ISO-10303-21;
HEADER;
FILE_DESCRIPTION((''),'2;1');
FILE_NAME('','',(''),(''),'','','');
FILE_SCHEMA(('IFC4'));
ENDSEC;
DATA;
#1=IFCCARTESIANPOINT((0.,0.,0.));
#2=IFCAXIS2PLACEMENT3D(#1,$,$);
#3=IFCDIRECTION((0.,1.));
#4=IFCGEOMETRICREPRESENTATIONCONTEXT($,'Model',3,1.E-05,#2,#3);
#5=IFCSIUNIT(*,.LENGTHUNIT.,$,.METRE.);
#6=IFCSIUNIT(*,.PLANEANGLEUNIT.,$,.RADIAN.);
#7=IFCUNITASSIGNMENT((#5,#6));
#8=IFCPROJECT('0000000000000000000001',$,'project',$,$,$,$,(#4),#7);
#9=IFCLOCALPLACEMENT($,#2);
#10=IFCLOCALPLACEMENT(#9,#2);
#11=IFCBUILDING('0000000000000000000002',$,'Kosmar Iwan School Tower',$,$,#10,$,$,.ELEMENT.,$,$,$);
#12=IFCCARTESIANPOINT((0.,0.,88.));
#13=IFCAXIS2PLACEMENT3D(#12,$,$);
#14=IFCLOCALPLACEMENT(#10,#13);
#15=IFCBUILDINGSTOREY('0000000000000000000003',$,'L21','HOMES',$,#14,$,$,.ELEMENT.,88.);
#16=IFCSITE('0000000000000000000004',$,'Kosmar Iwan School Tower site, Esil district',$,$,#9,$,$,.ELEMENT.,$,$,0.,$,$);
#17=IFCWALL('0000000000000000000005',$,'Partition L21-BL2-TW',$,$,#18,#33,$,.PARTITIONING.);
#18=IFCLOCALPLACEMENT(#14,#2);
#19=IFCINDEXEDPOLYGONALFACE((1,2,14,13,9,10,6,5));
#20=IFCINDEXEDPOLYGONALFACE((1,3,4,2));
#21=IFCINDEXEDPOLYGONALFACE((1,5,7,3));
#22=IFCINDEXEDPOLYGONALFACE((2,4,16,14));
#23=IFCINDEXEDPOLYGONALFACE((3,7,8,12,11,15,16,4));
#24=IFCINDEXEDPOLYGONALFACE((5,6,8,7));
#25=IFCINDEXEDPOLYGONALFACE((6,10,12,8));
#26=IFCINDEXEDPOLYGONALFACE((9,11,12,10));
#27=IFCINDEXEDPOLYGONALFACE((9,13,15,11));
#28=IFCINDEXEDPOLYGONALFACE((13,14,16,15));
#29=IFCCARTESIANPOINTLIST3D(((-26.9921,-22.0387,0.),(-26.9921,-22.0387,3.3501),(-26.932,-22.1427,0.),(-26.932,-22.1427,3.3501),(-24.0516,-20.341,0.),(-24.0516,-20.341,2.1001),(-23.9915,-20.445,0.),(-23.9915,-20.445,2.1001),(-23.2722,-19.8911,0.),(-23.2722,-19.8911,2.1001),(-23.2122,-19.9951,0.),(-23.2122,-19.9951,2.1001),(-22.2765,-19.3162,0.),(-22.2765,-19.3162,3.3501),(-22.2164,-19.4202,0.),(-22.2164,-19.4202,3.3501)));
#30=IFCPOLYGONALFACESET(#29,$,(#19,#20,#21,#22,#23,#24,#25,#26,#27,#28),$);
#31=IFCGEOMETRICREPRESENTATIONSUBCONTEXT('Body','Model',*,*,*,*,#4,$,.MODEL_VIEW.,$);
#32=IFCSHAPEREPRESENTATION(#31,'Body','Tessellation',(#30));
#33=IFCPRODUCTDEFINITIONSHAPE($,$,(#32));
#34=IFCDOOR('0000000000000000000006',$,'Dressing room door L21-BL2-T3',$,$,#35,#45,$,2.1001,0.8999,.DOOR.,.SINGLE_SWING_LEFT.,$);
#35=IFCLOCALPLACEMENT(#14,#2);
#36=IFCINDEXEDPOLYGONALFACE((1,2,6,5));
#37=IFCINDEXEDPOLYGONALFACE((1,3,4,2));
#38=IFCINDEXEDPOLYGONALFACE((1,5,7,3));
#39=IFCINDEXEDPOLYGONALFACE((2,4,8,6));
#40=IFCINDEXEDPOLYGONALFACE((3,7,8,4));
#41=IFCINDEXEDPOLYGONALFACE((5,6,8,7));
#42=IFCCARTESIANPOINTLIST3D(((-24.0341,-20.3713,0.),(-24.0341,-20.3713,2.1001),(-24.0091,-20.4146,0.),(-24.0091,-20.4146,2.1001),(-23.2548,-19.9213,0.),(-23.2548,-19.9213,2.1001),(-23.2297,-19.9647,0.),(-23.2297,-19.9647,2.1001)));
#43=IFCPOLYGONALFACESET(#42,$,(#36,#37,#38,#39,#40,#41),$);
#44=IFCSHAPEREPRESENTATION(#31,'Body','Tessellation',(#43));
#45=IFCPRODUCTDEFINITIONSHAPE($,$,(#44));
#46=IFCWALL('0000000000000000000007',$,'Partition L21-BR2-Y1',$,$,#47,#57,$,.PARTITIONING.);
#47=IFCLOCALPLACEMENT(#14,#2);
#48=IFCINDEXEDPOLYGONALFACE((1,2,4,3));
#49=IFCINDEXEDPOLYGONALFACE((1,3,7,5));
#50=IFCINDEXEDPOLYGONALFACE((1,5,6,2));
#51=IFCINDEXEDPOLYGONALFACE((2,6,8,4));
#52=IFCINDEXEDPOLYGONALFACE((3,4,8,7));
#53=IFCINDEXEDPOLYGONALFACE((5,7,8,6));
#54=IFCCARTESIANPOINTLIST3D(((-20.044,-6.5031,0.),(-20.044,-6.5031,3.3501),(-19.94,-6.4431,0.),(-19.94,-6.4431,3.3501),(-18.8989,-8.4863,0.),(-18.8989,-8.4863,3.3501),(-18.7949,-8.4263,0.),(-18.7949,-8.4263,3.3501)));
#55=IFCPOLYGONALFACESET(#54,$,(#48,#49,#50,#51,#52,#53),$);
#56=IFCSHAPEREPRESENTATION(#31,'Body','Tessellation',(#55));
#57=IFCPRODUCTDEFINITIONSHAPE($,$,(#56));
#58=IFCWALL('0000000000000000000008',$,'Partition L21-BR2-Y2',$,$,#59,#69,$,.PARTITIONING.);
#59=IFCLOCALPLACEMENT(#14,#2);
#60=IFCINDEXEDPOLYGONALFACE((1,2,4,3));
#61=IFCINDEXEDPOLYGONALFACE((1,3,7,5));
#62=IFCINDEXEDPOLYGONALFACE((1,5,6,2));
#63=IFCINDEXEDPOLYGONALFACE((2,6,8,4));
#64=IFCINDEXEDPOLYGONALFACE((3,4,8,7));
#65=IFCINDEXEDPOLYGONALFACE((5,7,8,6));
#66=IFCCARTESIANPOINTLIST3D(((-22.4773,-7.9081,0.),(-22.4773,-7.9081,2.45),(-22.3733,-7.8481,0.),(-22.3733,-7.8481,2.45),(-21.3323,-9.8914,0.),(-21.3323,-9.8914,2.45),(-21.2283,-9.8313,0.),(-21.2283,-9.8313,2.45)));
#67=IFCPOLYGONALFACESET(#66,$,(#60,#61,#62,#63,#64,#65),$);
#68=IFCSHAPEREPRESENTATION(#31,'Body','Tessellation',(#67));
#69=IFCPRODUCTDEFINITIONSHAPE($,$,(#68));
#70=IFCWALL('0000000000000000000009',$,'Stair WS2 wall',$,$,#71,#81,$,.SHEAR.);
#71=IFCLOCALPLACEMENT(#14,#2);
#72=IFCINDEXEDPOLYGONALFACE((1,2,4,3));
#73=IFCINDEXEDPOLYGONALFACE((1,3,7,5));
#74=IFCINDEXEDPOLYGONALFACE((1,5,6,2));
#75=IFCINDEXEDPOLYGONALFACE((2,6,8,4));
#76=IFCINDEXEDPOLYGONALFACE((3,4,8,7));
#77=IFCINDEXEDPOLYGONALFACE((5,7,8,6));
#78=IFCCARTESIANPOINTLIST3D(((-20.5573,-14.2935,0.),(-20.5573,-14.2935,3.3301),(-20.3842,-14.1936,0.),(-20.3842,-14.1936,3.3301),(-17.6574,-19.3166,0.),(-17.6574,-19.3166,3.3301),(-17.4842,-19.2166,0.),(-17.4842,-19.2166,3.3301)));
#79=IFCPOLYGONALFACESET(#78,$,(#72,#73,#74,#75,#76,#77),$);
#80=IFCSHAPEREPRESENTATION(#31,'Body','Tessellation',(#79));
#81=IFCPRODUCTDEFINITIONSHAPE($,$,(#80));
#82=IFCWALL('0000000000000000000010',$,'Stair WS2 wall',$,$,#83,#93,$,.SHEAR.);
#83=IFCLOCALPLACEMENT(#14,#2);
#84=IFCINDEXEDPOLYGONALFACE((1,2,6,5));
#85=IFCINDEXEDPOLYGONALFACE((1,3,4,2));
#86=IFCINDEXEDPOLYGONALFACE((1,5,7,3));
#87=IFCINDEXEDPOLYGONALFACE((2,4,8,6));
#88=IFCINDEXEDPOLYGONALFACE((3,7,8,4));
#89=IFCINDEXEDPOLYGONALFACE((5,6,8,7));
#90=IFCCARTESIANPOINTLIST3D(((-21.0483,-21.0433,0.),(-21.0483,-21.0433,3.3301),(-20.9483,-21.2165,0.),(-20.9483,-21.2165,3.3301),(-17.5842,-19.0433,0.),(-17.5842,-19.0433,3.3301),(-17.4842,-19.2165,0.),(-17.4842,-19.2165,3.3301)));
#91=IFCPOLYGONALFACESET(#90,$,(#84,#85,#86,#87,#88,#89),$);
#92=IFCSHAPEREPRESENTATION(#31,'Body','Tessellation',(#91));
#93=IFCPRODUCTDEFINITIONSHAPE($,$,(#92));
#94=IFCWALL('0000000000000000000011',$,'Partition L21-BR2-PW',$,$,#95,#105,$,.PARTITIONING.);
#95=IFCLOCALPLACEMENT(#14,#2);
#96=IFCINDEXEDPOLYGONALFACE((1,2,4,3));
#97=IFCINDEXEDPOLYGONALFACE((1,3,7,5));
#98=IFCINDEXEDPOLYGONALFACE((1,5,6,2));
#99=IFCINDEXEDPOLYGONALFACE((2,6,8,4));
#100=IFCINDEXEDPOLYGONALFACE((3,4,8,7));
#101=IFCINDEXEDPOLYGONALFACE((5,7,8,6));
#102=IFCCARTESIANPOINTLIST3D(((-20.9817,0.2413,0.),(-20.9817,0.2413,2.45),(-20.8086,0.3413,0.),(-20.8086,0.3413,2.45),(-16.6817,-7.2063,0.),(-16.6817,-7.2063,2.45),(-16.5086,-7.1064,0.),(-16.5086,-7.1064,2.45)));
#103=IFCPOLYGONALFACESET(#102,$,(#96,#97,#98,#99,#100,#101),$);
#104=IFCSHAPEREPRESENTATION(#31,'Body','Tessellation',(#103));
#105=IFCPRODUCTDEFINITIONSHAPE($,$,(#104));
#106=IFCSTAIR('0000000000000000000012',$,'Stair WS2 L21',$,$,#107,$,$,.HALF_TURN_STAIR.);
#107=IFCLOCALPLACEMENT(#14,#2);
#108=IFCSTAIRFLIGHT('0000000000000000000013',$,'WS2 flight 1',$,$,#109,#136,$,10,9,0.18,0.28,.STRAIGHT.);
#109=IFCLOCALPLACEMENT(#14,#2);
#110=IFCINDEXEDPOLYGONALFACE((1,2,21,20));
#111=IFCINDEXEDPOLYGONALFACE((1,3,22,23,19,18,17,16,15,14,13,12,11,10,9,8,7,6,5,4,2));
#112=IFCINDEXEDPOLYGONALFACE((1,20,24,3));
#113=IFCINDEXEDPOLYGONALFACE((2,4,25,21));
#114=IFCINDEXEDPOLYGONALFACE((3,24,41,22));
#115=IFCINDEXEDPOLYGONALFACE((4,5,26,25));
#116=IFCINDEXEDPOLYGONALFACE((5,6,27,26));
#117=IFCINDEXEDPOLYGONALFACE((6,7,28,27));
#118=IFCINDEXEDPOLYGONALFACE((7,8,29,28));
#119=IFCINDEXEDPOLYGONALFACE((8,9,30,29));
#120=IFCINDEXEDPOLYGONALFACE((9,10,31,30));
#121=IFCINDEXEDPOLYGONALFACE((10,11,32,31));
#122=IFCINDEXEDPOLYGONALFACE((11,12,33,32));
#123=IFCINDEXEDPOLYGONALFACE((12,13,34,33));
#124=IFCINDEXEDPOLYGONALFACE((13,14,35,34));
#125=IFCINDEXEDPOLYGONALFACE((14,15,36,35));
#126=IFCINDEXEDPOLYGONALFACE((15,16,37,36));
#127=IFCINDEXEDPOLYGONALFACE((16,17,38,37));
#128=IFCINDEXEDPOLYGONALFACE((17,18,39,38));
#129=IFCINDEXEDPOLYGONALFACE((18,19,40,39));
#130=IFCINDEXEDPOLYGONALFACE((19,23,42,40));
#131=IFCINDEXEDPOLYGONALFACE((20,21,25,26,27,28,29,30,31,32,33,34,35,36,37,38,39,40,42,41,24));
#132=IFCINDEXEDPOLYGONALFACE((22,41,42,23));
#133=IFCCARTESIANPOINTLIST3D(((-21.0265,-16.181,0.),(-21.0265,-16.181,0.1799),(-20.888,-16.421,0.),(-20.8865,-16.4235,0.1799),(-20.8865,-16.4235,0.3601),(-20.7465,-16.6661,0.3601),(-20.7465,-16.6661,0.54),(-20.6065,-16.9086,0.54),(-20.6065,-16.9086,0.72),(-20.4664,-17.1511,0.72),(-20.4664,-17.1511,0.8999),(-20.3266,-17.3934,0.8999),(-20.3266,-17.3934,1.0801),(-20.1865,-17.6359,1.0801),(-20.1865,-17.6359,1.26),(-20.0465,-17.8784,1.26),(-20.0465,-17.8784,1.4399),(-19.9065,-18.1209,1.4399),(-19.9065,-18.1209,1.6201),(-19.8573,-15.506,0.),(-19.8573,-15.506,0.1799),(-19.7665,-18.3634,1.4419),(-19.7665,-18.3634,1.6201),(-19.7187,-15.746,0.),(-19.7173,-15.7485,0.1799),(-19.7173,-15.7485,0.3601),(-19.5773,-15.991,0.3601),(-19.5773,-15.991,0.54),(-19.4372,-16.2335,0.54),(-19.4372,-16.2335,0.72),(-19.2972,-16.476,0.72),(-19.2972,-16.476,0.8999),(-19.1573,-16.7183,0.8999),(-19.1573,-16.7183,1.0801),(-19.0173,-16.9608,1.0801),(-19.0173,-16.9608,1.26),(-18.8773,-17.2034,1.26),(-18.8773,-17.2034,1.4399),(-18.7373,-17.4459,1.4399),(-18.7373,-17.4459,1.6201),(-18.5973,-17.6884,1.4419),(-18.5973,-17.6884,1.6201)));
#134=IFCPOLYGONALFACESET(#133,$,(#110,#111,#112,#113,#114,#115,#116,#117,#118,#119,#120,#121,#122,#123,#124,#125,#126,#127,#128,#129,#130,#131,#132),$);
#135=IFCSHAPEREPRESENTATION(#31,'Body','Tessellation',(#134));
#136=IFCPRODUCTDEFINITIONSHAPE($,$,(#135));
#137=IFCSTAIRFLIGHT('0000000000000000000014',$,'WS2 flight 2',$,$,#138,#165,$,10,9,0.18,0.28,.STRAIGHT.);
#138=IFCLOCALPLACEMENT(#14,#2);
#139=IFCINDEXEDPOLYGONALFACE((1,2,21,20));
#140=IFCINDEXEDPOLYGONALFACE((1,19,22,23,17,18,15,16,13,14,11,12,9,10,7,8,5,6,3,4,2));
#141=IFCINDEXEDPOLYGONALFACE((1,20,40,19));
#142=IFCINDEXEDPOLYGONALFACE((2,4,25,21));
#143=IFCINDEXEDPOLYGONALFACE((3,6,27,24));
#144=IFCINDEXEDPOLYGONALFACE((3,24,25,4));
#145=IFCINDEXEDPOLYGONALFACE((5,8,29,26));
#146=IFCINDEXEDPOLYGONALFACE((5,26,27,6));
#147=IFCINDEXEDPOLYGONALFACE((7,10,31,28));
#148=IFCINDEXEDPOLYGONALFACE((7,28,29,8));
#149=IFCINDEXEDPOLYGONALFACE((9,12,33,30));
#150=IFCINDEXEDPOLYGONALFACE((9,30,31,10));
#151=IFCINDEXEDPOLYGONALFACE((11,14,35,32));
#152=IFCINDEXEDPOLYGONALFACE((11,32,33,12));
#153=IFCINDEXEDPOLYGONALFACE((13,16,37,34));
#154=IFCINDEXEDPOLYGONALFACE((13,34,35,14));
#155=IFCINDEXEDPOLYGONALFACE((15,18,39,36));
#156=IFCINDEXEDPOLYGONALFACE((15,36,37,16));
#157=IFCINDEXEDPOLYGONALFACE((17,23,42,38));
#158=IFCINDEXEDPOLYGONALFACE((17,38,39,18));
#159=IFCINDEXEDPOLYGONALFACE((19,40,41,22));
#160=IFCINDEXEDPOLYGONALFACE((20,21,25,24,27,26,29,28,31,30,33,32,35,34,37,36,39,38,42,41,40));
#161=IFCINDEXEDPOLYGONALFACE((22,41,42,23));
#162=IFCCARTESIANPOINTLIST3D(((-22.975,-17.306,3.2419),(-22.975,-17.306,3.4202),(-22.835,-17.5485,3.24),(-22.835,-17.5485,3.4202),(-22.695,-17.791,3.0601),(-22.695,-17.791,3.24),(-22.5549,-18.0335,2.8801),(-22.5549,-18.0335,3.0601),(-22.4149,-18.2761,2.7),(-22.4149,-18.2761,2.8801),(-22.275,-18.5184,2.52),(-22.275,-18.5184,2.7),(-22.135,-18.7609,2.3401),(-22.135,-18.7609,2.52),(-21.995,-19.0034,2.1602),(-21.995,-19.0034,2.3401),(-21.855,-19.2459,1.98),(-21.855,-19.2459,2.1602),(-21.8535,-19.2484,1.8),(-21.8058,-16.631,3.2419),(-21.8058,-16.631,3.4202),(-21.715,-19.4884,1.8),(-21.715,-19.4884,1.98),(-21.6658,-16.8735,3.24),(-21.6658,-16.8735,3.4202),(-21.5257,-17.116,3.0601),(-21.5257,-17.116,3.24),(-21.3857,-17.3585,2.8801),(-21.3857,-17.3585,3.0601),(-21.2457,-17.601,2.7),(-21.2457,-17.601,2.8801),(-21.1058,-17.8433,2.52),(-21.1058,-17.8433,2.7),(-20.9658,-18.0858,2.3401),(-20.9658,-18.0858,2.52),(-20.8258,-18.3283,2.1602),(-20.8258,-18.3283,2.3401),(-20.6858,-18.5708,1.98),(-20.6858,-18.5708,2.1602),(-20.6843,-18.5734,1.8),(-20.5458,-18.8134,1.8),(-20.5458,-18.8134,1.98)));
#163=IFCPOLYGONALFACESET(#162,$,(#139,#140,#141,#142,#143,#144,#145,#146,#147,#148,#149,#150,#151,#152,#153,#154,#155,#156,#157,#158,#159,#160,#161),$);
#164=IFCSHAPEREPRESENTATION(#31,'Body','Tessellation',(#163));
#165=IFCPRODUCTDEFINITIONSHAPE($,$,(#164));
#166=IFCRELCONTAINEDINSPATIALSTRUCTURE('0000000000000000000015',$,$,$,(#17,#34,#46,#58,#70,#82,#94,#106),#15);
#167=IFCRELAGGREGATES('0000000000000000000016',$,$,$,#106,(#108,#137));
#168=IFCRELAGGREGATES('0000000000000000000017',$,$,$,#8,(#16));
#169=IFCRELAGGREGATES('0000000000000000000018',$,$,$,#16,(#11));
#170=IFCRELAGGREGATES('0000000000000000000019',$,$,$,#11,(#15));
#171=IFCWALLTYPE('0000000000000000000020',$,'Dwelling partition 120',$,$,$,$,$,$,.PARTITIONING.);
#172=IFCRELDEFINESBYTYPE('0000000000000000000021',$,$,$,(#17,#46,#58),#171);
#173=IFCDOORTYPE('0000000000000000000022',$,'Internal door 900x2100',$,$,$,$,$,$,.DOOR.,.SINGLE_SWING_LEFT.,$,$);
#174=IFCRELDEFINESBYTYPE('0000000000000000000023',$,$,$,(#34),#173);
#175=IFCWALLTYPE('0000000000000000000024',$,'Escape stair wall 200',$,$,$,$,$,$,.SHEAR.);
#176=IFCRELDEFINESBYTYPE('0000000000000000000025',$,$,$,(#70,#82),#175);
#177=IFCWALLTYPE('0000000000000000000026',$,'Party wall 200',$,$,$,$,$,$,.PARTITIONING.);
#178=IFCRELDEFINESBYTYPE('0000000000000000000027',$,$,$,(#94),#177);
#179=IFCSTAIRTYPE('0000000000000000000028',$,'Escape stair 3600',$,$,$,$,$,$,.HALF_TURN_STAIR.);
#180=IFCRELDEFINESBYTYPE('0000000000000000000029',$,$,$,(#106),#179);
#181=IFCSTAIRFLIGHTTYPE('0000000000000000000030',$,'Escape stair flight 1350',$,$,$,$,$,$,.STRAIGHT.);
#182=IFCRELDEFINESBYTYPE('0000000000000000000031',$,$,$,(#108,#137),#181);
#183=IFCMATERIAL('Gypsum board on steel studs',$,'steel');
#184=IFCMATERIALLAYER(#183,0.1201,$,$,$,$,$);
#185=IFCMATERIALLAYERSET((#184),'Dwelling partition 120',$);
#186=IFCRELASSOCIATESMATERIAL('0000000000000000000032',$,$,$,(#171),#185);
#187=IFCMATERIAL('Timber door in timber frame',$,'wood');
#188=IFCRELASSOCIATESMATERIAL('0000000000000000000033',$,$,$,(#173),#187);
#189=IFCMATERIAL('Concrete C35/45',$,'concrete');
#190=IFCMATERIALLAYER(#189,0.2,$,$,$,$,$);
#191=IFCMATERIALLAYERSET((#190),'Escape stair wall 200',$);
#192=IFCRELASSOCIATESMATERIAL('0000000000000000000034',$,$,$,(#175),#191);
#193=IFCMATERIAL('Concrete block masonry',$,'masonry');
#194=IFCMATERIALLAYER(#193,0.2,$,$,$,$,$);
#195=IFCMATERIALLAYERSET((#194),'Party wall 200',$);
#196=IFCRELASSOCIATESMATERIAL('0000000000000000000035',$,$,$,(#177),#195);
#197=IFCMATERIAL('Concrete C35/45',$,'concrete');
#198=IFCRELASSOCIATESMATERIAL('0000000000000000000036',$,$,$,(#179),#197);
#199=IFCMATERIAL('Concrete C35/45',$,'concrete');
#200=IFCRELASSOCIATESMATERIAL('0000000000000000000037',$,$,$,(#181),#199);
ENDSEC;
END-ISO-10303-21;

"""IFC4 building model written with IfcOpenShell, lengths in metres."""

from ifc_helpers import new_model, si_unit, direction, frame, frame_2d, origin, place, context, subcontext, project, spatial, polyline, rectangle, outline, extrude, material, layer, layer_set, type_object, element, fill, aggregate, save


model = new_model("IFC4")

# Units and contexts
model_context = context("Model", 3, precision=1e-05, world=origin(), true_north=direction((0.0, 1.0)))
body_context = subcontext(model_context, "Body", "Model", "MODEL_VIEW")
ifc_project = project(units=[si_unit("LENGTHUNIT", "METRE"), si_unit("PLANEANGLEUNIT", "RADIAN")], contexts=[model_context])

# Site, building, storey
site_placement = place(None, origin())
site = spatial("IfcSite", under=ifc_project, at=site_placement, Name="Kosmar Iwan School Tower site, Esil district", CompositionType="ELEMENT", RefElevation=0.0)
building_placement = place(site_placement, origin())
building = spatial("IfcBuilding", under=site, at=building_placement, Name="Kosmar Iwan School Tower", CompositionType="ELEMENT")
storey_placement = place(building_placement, frame((0.0, 0.0, 88.0)))
storey = spatial("IfcBuildingStorey", under=building, at=storey_placement, Name="L21", Description="HOMES", CompositionType="ELEMENT", Elevation=88.0)

# Shared definitions
ifc_material_1 = material(Name="Gypsum board on steel studs", Category="steel")
ifc_layer_1 = layer(ifc_material_1, 0.1201)
ifc_layer_set_1 = layer_set([ifc_layer_1], Name="Dwelling partition 120")
wall_type_1 = type_object("IfcWallType", Name="Dwelling partition 120", PredefinedType="PARTITIONING", material=ifc_layer_set_1)

# Wall, opening, door
ifc_material_2 = material(Name="Timber door in timber frame", Category="wood")
door_type_1 = type_object("IfcDoorType", Name="Internal door 900x2100", OperationType="SINGLE_SWING_LEFT", PredefinedType="DOOR", material=ifc_material_2)
wall_1_placement = place(storey_placement, frame((-22.2463, -19.3682, 0.0), z_axis=(0.0, 0.0, 1.0), x_axis=(-0.866036, -0.499982, 0.0)))
wall_1 = element("IfcWall", 1, at=wall_1_placement, inside=storey, type_object=wall_type_1, Name="Partition L21-BL2-TW", PredefinedType="PARTITIONING", context=body_context, shape_type="SweptSolid", body=[
    extrude(rectangle(XDim=5.4451, YDim=0.1201, at=frame_2d((2.7227, 0.0))), origin(), (0.0, 0.0, 1.0), 3.3501),
])
opening_1_placement = place(wall_1_placement, frame((1.1499, 0.0, 0.0)))
opening_1 = element("IfcOpeningElement", 2, at=opening_1_placement, cuts=wall_1, PredefinedType="OPENING", context=body_context, shape_type="SweptSolid", body=[
    extrude(rectangle(XDim=0.8999, YDim=2.1001, at=frame_2d((0.45, 1.05))), frame((0.0, 0.072, 0.0), z_axis=(0.0, -1.0, 0.0), x_axis=(1.0, 0.0, 0.0)), (0.0, 0.0, 1.0), 0.144),
])
door_1_placement = place(opening_1_placement, origin())
door_1 = element("IfcDoor", 3, at=door_1_placement, inside=storey, type_object=door_type_1, Name="Dressing room door L21-BL2-T3", OperationType="SINGLE_SWING_LEFT", OverallHeight=2.1001, OverallWidth=0.8999, PredefinedType="DOOR", context=body_context, shape_type="SweptSolid", body=[
    extrude(rectangle(XDim=0.8999, YDim=2.1001, at=frame_2d((0.45, 1.05))), frame((0.0, 0.0249, 0.0), z_axis=(0.0, -1.0, 0.0), x_axis=(1.0, 0.0, 0.0)), (0.0, 0.0, 1.0), 0.05),
])
fill(opening_1, door_1)

# Walls
wall_2_placement = place(storey_placement, frame((-18.8469, -8.4563, 0.0), z_axis=(0.0, 0.0, 1.0), x_axis=(-0.500015, 0.866017, 0.0)))
element("IfcWall", 4, at=wall_2_placement, inside=storey, type_object=wall_type_1, Name="Partition L21-BR2-Y1", PredefinedType="PARTITIONING", context=body_context, shape_type="SweptSolid", body=[
    extrude(rectangle(XDim=2.29, YDim=0.1201, at=frame_2d((1.145, 0.0))), origin(), (0.0, 0.0, 1.0), 3.3501),
])
wall_3_placement = place(storey_placement, frame((-21.2803, -9.8613, 0.0), z_axis=(0.0, 0.0, 1.0), x_axis=(-0.500015, 0.866017, 0.0)))
element("IfcWall", 5, at=wall_3_placement, inside=storey, type_object=wall_type_1, Name="Partition L21-BR2-Y2", PredefinedType="PARTITIONING", context=body_context, shape_type="SweptSolid", body=[
    extrude(rectangle(XDim=2.29, YDim=0.1201, at=frame_2d((1.145, 0.0))), origin(), (0.0, 0.0, 1.0), 2.45),
])
ifc_material_3 = material(Name="Concrete C35/45", Category="concrete")
ifc_layer_2 = layer(ifc_material_3, 0.2)
ifc_layer_set_2 = layer_set([ifc_layer_2], Name="Escape stair wall 200")
wall_type_2 = type_object("IfcWallType", Name="Escape stair wall 200", PredefinedType="SHEAR", material=ifc_layer_set_2)
wall_4_placement = place(storey_placement, frame((-20.4707, -14.2437, 0.0), z_axis=(0.0, 0.0, 1.0), x_axis=(0.499987, -0.866033, 0.0)))
element("IfcWall", 6, at=wall_4_placement, inside=storey, type_object=wall_type_2, Name="Stair WS2 wall", PredefinedType="SHEAR", context=body_context, shape_type="SweptSolid", body=[
    extrude(rectangle(XDim=5.8, YDim=0.2, at=frame_2d((2.8999, 0.0))), origin(), (0.0, 0.0, 1.0), 3.3301),
])
wall_5_placement = place(storey_placement, frame((-17.5342, -19.1299, 0.0), z_axis=(0.0, 0.0, 1.0), x_axis=(-0.866026, -0.499999, 0.0)))
element("IfcWall", 7, at=wall_5_placement, inside=storey, type_object=wall_type_2, Name="Stair WS2 wall", PredefinedType="SHEAR", context=body_context, shape_type="SweptSolid", body=[
    extrude(rectangle(XDim=4.0, YDim=0.2, at=frame_2d((2.0, 0.0))), origin(), (0.0, 0.0, 1.0), 3.3301),
])
ifc_material_4 = material(Name="Concrete block masonry", Category="masonry")
ifc_layer_3 = layer(ifc_material_4, 0.2)
ifc_layer_set_3 = layer_set([ifc_layer_3], Name="Party wall 200")
wall_type_3 = type_object("IfcWallType", Name="Party wall 200", PredefinedType="PARTITIONING", material=ifc_layer_set_3)
wall_6_placement = place(storey_placement, frame((-16.5952, -7.1562, 0.0), z_axis=(0.0, 0.0, 1.0), x_axis=(-0.500008, 0.866021, 0.0)))
element("IfcWall", 8, at=wall_6_placement, inside=storey, type_object=wall_type_3, Name="Partition L21-BR2-PW", PredefinedType="PARTITIONING", context=body_context, shape_type="SweptSolid", body=[
    extrude(rectangle(XDim=8.5999, YDim=0.2, at=frame_2d((4.2998, 0.0))), origin(), (0.0, 0.0, 1.0), 2.45),
])

# Stair, stair flights
ifc_material_5 = material(Name="Concrete C35/45", Category="concrete")
stair_type = type_object("IfcStairType", Name="Escape stair 3600", PredefinedType="HALF_TURN_STAIR", material=ifc_material_5)
stair_placement = place(storey_placement, origin())
stair = element("IfcStair", 9, at=stair_placement, inside=storey, type_object=stair_type, Name="Stair WS2 L21", PredefinedType="HALF_TURN_STAIR")
ifc_material_6 = material(Name="Concrete C35/45", Category="concrete")
stair_flight_type = type_object("IfcStairFlightType", Name="Escape stair flight 1350", PredefinedType="STRAIGHT", material=ifc_material_6)
stair_flight_1_placement = place(storey_placement, frame((-20.4419, -15.8435, 0.0), z_axis=(0.0, 0.0, 1.0), x_axis=(0.5, -0.866025, 0.0)))
stair_flight_1 = element("IfcStairFlight", 10, at=stair_flight_1_placement, type_object=stair_flight_type, Name="WS2 flight 1", NumberOfRisers=10, NumberOfTreads=9, PredefinedType="STRAIGHT", RiserHeight=0.18, TreadLength=0.28, context=body_context, shape_type="SweptSolid", body=[
    extrude(outline(polyline([(0.0, 0.0), (0.0, 0.1799), (0.28, 0.1799), (0.28, 0.3601), (0.5601, 0.3601), (0.5601, 0.54), (0.8401, 0.54), (0.8401, 0.72), (1.1201, 0.72), (1.1201, 0.8999), (1.3999, 0.8999), (1.3999, 1.0801), (1.6799, 1.0801), (1.6799, 1.26), (1.96, 1.26), (1.96, 1.4399), (2.24, 1.4399), (2.24, 1.6201), (2.52, 1.6201), (2.52, 1.8), (2.52, 1.4419), (0.2771, 0.0), (0.0, 0.0)])), frame((0.0, 0.675, 0.0), z_axis=(0.0, -1.0, 0.0), x_axis=(1.0, 0.0, 0.0)), (0.0, 0.0, 1.0), 1.3501),
])
stair_flight_2_placement = place(storey_placement, frame((-21.1304, -19.1509, 1.8), z_axis=(0.0, 0.0, 1.0), x_axis=(-0.5, 0.866025, 0.0)))
stair_flight_2 = element("IfcStairFlight", 11, at=stair_flight_2_placement, type_object=stair_flight_type, Name="WS2 flight 2", NumberOfRisers=10, NumberOfTreads=9, PredefinedType="STRAIGHT", RiserHeight=0.18, TreadLength=0.28, context=body_context, shape_type="SweptSolid", body=[
    extrude(outline(polyline([(0.0, 0.0), (0.0, 0.1799), (0.28, 0.1799), (0.28, 0.3601), (0.5601, 0.3601), (0.5601, 0.54), (0.8401, 0.54), (0.8401, 0.72), (1.1201, 0.72), (1.1201, 0.8999), (1.3999, 0.8999), (1.3999, 1.0801), (1.6799, 1.0801), (1.6799, 1.26), (1.96, 1.26), (1.96, 1.4399), (2.24, 1.4399), (2.24, 1.6201), (2.52, 1.6201), (2.52, 1.8), (2.52, 1.4419), (0.2771, 0.0), (0.0, 0.0)])), frame((0.0, 0.675, 0.0), z_axis=(0.0, -1.0, 0.0), x_axis=(1.0, 0.0, 0.0)), (0.0, 0.0, 1.0), 1.3501),
])
aggregate(stair, [stair_flight_1, stair_flight_2])

save(model, "model.ifc")
